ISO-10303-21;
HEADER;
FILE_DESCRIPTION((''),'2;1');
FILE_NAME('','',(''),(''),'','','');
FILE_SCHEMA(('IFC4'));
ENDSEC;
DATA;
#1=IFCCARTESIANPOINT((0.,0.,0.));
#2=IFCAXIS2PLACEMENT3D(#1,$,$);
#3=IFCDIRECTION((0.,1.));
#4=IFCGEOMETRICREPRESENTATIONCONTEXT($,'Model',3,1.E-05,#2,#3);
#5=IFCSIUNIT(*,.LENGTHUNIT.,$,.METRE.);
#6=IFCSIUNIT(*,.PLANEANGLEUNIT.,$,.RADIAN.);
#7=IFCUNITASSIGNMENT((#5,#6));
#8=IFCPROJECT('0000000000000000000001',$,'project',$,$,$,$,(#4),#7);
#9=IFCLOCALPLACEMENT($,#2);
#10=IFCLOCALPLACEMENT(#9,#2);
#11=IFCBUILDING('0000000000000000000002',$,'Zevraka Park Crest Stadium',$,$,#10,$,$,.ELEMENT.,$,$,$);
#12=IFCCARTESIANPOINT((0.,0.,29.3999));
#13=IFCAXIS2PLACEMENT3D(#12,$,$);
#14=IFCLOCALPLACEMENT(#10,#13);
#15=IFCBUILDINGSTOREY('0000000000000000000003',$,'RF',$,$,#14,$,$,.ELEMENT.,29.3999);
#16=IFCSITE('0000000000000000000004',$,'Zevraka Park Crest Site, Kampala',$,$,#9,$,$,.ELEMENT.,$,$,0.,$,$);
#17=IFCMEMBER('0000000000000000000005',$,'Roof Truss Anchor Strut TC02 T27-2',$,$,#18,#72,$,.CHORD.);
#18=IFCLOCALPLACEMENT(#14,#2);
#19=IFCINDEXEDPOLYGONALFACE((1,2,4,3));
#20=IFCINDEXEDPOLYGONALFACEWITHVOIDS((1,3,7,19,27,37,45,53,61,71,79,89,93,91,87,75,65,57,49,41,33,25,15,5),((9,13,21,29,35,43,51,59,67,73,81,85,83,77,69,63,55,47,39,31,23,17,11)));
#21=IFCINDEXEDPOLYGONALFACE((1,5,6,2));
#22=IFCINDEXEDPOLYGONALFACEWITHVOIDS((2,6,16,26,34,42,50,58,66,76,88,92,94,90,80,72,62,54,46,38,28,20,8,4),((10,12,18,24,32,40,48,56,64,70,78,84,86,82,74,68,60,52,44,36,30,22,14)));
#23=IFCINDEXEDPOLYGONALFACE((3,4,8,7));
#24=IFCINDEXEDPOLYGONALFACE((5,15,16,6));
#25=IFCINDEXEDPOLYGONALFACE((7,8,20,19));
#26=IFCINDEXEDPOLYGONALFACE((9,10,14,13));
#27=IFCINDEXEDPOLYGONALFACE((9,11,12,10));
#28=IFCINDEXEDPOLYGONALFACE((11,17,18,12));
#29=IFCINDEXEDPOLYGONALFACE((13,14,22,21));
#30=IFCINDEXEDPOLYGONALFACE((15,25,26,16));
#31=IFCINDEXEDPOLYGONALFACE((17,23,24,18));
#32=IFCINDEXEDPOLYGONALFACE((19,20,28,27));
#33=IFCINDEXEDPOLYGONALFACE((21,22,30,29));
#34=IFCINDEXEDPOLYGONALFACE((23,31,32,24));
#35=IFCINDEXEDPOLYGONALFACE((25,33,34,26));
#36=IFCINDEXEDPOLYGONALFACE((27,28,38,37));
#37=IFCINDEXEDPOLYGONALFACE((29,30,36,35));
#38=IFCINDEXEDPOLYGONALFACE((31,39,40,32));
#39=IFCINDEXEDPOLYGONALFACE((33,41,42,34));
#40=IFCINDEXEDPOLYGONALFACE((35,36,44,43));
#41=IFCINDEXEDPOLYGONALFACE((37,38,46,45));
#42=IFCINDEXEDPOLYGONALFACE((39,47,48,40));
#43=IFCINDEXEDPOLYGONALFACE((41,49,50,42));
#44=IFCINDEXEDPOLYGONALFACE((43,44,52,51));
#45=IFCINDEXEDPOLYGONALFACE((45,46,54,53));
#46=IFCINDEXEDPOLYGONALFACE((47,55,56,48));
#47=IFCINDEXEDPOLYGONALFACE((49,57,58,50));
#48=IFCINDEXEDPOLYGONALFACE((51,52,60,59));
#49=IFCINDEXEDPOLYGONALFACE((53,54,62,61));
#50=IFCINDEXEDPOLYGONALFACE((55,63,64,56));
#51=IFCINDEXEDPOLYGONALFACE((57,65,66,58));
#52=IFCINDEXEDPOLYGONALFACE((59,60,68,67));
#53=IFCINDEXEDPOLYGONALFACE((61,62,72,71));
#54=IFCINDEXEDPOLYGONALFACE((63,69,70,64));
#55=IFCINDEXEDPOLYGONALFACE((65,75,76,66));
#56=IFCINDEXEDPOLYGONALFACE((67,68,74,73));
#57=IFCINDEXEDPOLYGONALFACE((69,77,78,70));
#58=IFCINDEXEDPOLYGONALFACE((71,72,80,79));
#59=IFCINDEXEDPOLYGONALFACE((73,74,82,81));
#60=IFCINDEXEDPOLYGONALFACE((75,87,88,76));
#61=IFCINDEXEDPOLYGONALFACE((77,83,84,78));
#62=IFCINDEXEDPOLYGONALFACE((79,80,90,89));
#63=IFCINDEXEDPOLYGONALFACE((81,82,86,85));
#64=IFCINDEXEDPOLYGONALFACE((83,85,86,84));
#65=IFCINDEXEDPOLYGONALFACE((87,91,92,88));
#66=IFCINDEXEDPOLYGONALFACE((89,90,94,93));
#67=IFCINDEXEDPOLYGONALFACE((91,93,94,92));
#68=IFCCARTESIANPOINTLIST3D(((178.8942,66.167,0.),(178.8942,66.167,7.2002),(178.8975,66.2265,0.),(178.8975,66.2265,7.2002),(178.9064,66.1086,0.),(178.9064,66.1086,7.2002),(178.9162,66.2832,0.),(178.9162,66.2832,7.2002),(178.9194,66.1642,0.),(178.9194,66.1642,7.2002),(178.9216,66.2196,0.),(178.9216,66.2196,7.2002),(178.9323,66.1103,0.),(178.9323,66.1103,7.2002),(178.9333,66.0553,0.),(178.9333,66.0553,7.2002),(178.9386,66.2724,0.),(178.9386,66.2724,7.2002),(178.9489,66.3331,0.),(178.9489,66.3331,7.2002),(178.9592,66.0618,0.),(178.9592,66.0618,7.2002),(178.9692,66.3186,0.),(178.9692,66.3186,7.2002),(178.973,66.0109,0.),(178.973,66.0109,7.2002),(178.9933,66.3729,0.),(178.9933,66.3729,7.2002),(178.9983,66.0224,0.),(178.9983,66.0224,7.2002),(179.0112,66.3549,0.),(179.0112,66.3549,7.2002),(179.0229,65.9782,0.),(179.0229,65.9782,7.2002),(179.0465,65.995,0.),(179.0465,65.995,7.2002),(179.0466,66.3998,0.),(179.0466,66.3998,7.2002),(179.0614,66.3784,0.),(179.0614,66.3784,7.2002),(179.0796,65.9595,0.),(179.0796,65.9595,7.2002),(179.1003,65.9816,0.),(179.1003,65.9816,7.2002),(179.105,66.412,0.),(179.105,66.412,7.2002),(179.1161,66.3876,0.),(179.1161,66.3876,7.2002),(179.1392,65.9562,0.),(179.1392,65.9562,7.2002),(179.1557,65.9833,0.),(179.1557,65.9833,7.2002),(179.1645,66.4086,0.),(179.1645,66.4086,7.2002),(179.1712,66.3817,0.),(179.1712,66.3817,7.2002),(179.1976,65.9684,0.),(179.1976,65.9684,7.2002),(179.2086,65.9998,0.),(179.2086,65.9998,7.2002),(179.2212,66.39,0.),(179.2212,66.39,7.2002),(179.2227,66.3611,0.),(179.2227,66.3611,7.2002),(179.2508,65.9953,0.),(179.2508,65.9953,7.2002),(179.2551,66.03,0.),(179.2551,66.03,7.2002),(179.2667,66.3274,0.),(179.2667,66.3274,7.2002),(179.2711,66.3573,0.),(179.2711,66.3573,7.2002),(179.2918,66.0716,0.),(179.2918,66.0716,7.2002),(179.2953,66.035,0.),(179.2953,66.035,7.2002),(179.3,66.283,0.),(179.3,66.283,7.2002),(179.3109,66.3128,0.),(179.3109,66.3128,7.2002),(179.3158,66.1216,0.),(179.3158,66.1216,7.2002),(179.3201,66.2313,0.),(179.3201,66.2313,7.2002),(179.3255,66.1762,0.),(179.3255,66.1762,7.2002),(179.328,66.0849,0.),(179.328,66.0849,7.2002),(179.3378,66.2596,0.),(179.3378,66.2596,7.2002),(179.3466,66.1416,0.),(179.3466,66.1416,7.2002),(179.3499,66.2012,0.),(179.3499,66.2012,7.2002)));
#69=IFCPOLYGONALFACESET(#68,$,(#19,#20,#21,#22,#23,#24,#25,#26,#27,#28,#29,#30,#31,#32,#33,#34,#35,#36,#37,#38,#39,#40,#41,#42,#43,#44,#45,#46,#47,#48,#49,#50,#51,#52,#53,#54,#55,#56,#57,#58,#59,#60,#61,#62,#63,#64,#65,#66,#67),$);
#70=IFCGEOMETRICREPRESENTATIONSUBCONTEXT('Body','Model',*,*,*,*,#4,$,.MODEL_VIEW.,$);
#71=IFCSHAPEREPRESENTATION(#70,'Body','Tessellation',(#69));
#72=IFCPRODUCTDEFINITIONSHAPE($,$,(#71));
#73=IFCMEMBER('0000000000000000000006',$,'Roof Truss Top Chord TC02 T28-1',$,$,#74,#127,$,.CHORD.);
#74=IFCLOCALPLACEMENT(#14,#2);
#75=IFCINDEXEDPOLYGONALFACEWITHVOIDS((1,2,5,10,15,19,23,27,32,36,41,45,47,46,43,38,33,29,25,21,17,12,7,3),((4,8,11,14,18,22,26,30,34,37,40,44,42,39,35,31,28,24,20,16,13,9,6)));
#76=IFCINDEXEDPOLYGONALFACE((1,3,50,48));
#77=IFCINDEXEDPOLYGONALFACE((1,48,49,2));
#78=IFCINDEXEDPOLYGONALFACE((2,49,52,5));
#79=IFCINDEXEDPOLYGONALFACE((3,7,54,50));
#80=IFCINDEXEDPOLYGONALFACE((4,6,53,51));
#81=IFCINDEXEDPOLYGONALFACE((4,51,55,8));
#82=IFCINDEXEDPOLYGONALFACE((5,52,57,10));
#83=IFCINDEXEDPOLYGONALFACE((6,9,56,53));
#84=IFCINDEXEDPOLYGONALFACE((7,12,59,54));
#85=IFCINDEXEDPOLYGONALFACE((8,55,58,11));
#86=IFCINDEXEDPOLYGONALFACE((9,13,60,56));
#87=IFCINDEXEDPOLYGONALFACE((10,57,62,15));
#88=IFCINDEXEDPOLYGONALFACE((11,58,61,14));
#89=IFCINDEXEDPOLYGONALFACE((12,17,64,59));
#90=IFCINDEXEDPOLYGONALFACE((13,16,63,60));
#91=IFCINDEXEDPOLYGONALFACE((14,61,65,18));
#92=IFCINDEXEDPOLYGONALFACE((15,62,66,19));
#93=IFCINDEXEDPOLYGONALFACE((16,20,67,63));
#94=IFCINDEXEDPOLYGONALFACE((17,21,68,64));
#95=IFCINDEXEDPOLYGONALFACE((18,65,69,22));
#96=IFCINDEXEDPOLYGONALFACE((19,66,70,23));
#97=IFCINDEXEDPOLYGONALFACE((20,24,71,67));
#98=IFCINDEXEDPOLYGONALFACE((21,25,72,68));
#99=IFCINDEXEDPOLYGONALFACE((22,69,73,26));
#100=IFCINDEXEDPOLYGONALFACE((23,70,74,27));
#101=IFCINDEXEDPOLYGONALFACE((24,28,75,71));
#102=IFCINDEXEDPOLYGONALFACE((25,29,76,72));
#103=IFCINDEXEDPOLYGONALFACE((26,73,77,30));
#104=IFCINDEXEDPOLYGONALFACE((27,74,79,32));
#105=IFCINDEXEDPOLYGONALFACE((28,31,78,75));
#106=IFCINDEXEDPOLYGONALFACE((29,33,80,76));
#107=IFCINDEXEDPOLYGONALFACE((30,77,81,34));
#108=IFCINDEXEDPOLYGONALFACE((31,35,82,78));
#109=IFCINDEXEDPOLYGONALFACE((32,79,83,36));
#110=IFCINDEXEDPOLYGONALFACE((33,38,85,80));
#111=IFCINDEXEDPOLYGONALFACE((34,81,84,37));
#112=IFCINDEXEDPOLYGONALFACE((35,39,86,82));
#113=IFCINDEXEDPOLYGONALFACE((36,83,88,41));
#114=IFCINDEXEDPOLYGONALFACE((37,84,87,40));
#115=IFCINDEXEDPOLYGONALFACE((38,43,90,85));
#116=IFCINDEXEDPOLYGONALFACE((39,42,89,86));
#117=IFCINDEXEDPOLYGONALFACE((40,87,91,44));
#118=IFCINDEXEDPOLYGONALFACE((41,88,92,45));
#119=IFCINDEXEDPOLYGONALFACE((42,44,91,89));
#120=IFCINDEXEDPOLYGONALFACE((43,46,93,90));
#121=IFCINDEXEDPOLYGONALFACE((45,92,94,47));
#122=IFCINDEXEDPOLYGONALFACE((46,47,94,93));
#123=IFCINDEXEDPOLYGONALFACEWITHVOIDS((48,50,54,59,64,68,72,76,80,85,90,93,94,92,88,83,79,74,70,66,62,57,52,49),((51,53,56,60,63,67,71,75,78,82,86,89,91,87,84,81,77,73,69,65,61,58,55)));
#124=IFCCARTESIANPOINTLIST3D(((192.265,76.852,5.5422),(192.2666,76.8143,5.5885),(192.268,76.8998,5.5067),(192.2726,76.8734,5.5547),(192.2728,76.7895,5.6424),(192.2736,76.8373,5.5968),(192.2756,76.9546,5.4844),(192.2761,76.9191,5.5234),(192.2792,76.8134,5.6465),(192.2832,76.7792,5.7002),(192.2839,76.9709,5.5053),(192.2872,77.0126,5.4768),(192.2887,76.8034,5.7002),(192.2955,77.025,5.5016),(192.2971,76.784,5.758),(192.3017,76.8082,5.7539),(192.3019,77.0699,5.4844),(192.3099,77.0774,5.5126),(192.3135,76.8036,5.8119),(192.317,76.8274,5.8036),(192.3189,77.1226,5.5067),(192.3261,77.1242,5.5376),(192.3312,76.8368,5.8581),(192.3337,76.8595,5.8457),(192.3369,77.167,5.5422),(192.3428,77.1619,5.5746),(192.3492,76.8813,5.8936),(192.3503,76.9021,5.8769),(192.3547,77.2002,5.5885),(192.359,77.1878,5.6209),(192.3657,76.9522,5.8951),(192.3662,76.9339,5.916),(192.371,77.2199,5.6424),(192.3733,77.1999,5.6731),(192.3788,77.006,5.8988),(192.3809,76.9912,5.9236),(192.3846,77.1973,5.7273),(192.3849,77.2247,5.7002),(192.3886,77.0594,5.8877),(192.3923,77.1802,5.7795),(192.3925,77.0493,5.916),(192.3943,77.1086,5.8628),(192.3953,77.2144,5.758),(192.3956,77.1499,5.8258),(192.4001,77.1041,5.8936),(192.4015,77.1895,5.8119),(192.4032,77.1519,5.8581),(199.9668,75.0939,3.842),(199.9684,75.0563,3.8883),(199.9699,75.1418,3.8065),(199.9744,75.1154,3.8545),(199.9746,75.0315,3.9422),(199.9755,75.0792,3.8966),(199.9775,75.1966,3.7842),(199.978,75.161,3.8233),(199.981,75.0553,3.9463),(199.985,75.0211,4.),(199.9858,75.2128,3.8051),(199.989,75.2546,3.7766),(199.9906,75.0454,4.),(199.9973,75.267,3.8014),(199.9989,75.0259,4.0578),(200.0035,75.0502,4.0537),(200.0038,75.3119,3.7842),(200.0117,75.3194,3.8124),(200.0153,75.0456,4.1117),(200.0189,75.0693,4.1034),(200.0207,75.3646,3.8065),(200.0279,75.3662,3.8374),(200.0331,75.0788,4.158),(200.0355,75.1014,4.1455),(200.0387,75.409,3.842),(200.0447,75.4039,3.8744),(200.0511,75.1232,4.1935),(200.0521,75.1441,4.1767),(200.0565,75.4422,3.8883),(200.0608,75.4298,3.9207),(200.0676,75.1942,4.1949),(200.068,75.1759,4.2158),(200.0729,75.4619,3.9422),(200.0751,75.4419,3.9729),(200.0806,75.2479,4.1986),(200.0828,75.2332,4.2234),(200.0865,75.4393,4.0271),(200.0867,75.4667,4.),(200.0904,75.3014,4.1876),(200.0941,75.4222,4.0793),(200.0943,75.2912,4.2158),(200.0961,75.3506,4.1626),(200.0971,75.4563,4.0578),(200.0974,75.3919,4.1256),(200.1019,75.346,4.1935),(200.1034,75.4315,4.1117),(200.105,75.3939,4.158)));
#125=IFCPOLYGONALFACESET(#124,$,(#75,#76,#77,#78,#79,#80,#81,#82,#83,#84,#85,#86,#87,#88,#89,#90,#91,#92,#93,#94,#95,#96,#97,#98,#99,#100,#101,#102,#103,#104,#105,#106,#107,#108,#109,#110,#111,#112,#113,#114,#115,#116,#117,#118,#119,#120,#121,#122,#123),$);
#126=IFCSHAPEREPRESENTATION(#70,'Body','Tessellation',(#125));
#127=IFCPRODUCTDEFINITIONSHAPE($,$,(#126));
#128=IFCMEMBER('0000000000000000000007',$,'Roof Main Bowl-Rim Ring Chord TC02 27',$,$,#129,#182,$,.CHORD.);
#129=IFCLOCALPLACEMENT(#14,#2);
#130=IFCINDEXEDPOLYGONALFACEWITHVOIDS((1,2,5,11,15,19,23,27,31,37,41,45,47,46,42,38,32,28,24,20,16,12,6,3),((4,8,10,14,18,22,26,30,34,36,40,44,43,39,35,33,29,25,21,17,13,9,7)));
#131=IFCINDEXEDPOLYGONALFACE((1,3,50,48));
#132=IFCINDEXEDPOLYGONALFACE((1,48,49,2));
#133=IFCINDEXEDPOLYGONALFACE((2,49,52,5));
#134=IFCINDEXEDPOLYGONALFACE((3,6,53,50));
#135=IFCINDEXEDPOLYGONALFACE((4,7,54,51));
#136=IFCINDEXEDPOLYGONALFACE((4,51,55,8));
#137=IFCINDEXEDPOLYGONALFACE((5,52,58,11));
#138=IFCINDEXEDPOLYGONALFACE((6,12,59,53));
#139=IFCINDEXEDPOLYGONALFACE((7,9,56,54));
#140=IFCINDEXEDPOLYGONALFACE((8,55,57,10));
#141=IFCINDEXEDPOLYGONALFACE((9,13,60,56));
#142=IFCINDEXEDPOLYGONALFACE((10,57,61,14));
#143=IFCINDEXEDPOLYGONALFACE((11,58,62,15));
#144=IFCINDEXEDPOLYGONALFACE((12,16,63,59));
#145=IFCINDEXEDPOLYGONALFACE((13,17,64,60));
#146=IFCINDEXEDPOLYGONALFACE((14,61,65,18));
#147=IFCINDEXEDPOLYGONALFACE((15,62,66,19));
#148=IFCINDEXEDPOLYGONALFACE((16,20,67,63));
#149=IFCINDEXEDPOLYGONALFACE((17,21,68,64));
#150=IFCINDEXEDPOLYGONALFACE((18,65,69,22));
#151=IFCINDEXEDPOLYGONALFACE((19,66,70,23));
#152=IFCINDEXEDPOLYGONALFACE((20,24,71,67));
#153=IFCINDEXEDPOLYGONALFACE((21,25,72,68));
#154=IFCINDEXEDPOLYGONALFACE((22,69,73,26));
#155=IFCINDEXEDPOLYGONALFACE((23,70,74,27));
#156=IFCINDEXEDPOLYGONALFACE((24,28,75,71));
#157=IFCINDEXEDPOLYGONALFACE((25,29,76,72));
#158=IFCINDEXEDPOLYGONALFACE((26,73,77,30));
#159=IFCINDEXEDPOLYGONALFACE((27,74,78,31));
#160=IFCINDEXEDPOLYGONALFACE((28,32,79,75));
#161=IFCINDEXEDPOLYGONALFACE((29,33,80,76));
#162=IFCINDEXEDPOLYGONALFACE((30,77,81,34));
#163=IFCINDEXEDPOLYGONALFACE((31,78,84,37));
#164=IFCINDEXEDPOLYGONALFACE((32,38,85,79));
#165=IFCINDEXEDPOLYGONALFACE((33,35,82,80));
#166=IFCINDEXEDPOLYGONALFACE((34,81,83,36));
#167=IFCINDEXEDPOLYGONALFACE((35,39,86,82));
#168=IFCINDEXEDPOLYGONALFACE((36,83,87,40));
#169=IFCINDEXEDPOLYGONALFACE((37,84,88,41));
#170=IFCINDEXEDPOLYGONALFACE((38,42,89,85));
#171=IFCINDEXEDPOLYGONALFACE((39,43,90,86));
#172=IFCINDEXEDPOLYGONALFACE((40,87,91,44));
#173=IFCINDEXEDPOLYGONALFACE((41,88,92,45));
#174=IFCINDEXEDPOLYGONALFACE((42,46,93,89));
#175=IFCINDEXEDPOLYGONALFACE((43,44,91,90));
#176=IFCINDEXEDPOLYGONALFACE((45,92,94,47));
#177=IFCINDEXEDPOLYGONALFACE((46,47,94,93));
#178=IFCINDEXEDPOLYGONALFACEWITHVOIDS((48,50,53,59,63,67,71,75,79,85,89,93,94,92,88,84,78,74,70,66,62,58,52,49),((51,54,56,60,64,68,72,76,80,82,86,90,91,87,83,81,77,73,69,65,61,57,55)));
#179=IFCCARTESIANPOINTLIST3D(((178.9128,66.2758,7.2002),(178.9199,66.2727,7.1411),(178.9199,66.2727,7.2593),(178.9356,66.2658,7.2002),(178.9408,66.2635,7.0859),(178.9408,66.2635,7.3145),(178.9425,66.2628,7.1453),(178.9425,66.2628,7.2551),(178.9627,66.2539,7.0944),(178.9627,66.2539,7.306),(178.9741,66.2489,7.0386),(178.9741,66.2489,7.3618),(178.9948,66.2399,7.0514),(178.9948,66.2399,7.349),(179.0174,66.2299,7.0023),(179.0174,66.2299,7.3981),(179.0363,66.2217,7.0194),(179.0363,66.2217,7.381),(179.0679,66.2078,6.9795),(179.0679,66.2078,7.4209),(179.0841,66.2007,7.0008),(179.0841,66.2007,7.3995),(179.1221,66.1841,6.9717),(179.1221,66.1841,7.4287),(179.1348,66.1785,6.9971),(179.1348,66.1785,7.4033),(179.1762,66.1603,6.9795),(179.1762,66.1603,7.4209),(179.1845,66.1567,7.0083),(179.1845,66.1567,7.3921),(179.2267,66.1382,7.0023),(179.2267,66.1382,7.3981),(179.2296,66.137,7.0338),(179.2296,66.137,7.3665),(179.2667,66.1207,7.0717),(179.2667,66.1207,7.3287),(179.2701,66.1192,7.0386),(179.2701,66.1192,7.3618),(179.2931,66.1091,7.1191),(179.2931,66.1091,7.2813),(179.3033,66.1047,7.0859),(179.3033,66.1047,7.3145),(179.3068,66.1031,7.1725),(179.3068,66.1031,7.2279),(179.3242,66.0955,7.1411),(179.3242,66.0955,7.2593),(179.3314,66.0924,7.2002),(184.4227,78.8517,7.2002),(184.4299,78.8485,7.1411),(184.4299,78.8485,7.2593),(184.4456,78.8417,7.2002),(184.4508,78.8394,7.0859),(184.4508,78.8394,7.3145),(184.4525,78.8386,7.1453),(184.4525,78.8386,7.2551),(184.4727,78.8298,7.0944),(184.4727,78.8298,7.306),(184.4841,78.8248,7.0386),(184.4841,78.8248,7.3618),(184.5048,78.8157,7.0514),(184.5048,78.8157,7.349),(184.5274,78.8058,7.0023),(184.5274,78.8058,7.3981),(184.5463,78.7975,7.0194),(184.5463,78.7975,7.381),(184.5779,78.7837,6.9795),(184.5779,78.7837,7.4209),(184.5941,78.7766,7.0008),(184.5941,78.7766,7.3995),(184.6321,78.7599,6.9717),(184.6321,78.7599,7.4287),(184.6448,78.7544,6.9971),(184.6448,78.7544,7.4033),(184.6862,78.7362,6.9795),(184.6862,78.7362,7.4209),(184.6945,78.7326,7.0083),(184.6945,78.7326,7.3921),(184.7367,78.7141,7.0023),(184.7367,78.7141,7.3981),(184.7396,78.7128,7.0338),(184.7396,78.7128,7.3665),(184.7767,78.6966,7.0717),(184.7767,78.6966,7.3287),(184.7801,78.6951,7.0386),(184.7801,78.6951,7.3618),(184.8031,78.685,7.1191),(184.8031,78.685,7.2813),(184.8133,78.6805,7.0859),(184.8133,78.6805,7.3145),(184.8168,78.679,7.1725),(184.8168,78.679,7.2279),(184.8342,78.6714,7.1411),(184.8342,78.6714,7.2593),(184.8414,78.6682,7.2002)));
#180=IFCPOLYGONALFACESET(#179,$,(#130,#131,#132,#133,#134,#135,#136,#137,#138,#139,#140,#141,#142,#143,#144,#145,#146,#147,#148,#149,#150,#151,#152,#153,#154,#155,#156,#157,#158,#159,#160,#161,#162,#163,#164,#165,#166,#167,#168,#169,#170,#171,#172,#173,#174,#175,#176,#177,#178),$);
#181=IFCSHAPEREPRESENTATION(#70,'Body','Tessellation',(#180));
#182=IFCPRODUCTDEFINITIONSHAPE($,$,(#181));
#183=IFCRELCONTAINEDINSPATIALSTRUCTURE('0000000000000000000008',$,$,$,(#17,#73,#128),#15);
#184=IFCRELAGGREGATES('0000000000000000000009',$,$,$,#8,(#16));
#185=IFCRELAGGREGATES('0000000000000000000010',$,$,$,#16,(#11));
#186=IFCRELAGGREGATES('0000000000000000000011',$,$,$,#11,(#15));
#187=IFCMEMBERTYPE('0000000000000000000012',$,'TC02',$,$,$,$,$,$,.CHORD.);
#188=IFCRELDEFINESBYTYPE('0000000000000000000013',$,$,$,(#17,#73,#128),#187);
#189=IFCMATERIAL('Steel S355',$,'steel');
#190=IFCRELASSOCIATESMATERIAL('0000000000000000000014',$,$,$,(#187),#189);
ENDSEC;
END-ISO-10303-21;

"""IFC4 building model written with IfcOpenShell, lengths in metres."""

from ifc_helpers import new_model, si_unit, direction, frame, origin, origin_2d, place, context, subcontext, project, spatial, hollow_circle, extrude, material, material_profile, profile_set, type_object, element, save


model = new_model("IFC4")

# Units and contexts
model_context = context("Model", 3, precision=1e-05, world=origin(), true_north=direction((0.0, 1.0)))
body_context = subcontext(model_context, "Body", "Model", "MODEL_VIEW")
ifc_project = project(units=[si_unit("LENGTHUNIT", "METRE"), si_unit("PLANEANGLEUNIT", "RADIAN")], contexts=[model_context])

# Site, building, storey
site_placement = place(None, origin())
site = spatial("IfcSite", under=ifc_project, at=site_placement, Name="Zevraka Park Crest Site, Kampala", CompositionType="ELEMENT", RefElevation=0.0)
building_placement = place(site_placement, origin())
building = spatial("IfcBuilding", under=site, at=building_placement, Name="Zevraka Park Crest Stadium", CompositionType="ELEMENT")
storey_placement = place(building_placement, frame((0.0, 0.0, 29.3999)))
storey = spatial("IfcBuildingStorey", under=building, at=storey_placement, Name="RF", CompositionType="ELEMENT", Elevation=29.3999)

# Members
ifc_material_1 = material(Name="Steel S355", Category="steel")
ifc_material_profile_1 = material_profile(ifc_material_1, hollow_circle(Radius=0.2285, WallThickness=0.0249, at=origin_2d()), Name="CHS 457.0x25")
ifc_profile_set_1 = profile_set([ifc_material_profile_1], Name="Steel S355")
member_type_1 = type_object("IfcMemberType", Name="TC02", PredefinedType="CHORD", material=ifc_profile_set_1)
member_1_placement = place(storey_placement, frame((179.1221, 66.1841, 0.0), z_axis=(0.0, 0.0, 1.0), x_axis=(-0.901001, 0.433816, 0.0)))
element("IfcMember", 1, at=member_1_placement, inside=storey, type_object=member_type_1, Name="Roof Truss Anchor Strut TC02 T27-2", PredefinedType="CHORD", context=body_context, shape_type="SweptSolid", body=[
    extrude(hollow_circle(Radius=0.2285, WallThickness=0.0249, at=origin_2d()), origin(), (0.0, 0.0, 1.0), 7.2002),
])
member_2_placement = place(storey_placement, frame((200.0359, 75.2439, 4.0), z_axis=(-0.953101, 0.217557, 0.210397), x_axis=(-0.222539, -0.974924, 0.0)))
element("IfcMember", 2, at=member_2_placement, inside=storey, type_object=member_type_1, Name="Roof Truss Top Chord TC02 T28-1", PredefinedType="CHORD", context=body_context, shape_type="SweptSolid", body=[
    extrude(hollow_circle(Radius=0.2285, WallThickness=0.0249, at=origin_2d()), origin(), (0.0, 0.0, 1.0), 8.0808),
])
member_3_placement = place(storey_placement, frame((179.1221, 66.1841, 7.2002), z_axis=(0.40131, 0.915942, 0.0), x_axis=(-0.915942, 0.40131, 0.0)))
element("IfcMember", 3, at=member_3_placement, inside=storey, type_object=member_type_1, Name="Roof Main Bowl-Rim Ring Chord TC02 27", PredefinedType="CHORD", context=body_context, shape_type="SweptSolid", body=[
    extrude(hollow_circle(Radius=0.2285, WallThickness=0.0249, at=origin_2d()), origin(), (0.0, 0.0, 1.0), 13.73),
])

save(model, "model.ifc")
